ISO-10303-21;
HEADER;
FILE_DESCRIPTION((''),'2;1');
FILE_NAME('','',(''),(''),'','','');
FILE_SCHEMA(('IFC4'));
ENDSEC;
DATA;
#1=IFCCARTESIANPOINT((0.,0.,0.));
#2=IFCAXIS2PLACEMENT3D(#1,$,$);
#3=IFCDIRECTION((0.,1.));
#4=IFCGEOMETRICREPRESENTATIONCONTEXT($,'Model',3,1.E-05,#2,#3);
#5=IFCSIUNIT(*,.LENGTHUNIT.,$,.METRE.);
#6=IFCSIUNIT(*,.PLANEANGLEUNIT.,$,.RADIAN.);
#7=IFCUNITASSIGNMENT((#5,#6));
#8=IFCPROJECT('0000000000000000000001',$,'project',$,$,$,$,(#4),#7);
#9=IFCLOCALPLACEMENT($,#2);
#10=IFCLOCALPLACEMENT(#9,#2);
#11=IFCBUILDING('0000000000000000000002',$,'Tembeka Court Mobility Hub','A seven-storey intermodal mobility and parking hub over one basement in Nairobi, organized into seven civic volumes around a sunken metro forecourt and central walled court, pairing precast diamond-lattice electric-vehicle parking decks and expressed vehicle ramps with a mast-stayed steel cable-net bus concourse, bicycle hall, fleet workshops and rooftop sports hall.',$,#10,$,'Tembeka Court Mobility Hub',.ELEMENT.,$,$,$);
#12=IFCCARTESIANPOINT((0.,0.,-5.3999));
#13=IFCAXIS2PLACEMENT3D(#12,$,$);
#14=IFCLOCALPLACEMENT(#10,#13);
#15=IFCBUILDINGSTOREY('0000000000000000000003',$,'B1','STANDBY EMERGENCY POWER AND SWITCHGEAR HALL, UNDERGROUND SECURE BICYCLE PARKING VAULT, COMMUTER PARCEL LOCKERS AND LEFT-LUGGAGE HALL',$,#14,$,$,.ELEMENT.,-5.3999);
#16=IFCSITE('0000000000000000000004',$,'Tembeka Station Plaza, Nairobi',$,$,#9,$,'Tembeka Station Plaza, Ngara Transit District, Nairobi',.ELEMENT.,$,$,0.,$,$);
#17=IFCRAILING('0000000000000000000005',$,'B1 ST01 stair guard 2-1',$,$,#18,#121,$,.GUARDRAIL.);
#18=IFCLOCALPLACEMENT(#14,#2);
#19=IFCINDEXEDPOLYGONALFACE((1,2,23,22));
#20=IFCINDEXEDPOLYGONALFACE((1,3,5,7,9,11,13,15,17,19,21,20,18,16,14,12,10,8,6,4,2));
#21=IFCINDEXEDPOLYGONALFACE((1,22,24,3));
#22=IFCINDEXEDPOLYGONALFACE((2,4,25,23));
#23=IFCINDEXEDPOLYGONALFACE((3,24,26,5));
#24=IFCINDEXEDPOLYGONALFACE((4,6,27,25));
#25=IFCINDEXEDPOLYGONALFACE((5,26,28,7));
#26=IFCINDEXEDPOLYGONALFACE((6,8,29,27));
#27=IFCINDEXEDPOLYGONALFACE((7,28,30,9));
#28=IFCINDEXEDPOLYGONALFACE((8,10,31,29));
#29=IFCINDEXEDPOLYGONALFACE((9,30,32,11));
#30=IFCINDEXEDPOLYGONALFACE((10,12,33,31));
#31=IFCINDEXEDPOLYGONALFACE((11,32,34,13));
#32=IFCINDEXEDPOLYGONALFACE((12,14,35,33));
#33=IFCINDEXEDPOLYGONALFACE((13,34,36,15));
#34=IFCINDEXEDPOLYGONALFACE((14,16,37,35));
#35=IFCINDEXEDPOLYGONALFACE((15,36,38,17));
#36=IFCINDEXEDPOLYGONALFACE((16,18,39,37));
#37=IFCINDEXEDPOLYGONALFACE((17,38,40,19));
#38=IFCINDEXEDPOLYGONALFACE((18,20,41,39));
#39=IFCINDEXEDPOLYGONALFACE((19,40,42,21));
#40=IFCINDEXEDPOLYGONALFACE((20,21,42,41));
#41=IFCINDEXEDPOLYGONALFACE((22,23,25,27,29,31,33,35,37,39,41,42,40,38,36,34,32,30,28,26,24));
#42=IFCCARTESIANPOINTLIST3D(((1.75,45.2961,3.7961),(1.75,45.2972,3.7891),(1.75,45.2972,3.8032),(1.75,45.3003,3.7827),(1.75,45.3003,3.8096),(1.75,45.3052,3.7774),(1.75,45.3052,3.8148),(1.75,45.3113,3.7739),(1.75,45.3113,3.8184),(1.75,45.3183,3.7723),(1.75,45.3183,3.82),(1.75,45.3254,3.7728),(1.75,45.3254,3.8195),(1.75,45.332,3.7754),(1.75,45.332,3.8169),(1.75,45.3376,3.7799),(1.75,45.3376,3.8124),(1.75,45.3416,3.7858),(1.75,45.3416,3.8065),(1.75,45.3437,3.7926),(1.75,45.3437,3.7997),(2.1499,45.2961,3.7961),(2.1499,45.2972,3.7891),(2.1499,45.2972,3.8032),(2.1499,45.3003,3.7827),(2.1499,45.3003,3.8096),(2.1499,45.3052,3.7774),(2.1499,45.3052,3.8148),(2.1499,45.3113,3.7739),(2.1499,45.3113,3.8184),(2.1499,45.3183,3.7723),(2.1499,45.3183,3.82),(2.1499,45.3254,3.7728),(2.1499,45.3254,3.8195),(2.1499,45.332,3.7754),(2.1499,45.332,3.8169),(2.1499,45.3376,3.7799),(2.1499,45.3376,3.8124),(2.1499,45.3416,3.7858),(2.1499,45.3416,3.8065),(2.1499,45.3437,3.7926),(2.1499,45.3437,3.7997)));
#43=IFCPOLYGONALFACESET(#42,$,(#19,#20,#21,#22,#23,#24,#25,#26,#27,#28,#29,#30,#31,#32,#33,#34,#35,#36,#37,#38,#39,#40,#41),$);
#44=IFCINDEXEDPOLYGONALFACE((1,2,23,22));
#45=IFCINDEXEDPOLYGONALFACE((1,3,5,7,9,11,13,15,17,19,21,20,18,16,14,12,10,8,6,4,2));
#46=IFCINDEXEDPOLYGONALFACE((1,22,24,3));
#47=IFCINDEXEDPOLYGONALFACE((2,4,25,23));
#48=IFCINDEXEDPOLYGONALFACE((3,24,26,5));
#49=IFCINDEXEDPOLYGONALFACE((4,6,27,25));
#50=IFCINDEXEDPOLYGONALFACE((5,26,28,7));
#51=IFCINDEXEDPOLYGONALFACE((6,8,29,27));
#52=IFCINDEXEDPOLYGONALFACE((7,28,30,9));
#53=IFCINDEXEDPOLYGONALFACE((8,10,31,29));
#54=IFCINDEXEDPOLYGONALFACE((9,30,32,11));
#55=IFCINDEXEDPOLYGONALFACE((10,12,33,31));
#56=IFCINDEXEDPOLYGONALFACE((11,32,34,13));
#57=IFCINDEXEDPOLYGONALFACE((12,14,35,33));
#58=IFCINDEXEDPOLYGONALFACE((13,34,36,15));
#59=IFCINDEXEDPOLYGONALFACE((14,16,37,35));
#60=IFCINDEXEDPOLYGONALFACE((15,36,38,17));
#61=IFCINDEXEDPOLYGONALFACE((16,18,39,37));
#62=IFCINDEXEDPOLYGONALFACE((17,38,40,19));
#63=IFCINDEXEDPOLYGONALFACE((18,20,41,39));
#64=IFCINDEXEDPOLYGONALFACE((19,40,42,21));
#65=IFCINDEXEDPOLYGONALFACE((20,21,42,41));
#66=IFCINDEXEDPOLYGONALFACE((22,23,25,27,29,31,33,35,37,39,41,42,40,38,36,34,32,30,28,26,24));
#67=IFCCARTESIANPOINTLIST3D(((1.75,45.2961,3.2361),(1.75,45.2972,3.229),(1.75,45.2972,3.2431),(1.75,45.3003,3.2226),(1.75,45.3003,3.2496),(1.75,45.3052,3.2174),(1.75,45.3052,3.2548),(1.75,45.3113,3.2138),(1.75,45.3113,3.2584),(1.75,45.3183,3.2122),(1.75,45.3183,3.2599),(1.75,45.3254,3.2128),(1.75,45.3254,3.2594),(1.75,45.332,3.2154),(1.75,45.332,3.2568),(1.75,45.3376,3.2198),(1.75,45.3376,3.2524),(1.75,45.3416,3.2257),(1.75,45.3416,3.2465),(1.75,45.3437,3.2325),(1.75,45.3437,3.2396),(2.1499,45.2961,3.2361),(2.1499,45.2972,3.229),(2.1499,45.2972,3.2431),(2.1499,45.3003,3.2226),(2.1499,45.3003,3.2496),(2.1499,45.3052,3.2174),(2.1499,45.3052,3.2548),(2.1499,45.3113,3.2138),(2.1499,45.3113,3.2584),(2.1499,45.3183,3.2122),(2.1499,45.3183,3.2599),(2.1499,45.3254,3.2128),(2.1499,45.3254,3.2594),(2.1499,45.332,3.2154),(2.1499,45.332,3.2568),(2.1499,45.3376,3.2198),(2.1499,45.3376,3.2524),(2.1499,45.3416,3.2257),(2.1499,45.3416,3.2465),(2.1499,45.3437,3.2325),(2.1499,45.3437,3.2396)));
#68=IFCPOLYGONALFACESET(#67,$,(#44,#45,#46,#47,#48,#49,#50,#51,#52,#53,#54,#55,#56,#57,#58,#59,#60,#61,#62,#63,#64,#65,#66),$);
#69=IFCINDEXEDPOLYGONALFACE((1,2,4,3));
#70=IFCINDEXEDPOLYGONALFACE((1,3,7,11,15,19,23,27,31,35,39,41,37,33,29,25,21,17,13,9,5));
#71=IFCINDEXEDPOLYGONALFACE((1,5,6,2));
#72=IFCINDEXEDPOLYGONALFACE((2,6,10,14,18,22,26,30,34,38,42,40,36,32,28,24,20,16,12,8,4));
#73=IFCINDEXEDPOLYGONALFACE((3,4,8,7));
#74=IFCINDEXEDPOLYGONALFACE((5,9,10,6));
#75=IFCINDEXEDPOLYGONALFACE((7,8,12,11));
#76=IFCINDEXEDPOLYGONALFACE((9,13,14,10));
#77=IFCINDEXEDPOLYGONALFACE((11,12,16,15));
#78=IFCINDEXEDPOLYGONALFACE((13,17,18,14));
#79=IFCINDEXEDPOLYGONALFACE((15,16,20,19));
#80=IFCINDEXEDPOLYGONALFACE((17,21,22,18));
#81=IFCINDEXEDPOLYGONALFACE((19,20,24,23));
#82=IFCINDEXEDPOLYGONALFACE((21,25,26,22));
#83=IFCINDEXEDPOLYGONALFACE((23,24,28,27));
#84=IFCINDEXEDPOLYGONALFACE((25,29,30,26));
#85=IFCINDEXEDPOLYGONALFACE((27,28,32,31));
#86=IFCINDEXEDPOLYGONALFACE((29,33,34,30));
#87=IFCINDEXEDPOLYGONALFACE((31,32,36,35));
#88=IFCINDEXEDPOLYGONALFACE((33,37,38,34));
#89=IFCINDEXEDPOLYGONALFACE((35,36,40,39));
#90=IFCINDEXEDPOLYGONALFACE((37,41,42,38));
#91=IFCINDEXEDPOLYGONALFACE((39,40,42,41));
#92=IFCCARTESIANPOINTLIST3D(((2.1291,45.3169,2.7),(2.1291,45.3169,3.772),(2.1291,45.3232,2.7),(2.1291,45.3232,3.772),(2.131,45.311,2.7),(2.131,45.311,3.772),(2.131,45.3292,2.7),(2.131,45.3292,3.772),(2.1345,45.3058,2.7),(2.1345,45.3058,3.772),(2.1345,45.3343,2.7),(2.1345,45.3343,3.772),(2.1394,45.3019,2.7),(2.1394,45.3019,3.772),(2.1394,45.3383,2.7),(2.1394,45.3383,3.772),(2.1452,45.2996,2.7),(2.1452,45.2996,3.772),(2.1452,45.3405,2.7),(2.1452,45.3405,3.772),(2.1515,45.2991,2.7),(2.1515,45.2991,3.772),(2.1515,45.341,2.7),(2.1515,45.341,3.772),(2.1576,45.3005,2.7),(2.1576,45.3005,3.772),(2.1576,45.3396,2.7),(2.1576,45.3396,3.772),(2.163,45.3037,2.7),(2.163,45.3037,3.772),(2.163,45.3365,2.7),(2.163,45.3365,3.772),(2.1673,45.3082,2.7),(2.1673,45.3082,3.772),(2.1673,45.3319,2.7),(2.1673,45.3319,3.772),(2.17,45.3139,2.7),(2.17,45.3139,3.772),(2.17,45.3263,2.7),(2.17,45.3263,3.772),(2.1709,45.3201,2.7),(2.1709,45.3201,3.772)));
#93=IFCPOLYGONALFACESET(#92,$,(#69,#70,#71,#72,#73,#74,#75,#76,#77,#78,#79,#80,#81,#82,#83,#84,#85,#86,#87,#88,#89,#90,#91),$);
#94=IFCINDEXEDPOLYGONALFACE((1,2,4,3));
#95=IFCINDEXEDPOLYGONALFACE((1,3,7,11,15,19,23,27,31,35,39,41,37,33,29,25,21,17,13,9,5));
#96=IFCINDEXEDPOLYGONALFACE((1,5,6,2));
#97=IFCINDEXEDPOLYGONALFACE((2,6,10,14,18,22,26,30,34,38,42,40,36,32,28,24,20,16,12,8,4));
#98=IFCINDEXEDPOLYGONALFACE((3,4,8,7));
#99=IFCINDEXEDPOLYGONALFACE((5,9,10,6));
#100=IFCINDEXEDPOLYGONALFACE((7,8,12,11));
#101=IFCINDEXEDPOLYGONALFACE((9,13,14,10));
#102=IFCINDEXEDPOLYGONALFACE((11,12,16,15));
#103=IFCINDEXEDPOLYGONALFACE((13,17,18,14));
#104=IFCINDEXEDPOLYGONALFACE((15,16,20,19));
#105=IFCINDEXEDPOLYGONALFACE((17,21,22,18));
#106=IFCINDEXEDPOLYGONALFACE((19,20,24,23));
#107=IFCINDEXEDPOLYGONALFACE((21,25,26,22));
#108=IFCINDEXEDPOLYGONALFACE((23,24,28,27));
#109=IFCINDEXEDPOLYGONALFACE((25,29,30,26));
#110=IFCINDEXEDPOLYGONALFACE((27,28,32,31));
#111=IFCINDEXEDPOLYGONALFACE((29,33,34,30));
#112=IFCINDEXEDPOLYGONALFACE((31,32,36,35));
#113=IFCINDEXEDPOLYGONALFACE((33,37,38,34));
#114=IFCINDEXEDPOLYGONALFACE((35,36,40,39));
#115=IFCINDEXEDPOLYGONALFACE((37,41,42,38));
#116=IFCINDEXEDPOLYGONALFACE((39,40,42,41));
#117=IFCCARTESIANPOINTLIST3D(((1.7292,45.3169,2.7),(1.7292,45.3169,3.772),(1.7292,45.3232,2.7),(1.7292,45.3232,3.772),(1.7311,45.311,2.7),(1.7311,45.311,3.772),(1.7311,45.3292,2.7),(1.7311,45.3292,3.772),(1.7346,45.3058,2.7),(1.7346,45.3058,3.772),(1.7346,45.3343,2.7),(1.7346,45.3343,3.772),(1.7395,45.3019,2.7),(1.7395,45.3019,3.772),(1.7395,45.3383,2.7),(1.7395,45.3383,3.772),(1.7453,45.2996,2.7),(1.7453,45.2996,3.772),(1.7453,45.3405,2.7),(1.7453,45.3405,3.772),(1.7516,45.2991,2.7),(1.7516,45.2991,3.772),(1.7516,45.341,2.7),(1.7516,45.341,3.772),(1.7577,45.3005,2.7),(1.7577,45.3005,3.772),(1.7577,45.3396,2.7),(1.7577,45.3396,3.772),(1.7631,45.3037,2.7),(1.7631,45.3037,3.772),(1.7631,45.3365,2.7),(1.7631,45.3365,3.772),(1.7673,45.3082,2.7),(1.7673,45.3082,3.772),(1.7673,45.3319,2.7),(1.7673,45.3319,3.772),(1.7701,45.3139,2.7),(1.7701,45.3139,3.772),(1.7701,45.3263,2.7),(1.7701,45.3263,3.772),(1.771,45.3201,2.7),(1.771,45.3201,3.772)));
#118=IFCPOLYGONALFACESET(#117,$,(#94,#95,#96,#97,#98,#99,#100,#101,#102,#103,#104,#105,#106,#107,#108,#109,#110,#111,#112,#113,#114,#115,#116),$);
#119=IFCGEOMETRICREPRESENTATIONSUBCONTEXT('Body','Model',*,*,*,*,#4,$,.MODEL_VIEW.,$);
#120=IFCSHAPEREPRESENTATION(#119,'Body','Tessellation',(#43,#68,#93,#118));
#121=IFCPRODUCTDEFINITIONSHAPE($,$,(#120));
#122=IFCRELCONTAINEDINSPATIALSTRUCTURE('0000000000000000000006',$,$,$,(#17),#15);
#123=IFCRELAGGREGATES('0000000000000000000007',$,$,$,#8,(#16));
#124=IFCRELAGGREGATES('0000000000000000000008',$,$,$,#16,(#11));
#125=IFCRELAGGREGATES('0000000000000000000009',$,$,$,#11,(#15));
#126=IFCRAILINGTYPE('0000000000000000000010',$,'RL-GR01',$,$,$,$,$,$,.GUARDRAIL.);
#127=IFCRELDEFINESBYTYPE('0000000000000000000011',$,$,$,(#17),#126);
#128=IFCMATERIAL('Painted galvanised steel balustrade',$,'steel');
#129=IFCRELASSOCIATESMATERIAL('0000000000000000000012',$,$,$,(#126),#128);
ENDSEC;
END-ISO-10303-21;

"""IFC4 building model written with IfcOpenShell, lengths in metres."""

from ifc_helpers import new_model, si_unit, direction, frame, origin, origin_2d, place, context, subcontext, project, spatial, circle, extrude, material, type_object, element, save


model = new_model("IFC4")

# Units and contexts
model_context = context("Model", 3, precision=1e-05, world=origin(), true_north=direction((0.0, 1.0)))
body_context = subcontext(model_context, "Body", "Model", "MODEL_VIEW")
ifc_project = project(units=[si_unit("LENGTHUNIT", "METRE"), si_unit("PLANEANGLEUNIT", "RADIAN")], contexts=[model_context])

# Site, building, storey
site_placement = place(None, origin())
site = spatial("IfcSite", under=ifc_project, at=site_placement, Name="Tembeka Station Plaza, Nairobi", LongName="Tembeka Station Plaza, Ngara Transit District, Nairobi", CompositionType="ELEMENT", RefElevation=0.0)
building_placement = place(site_placement, origin())
building = spatial("IfcBuilding", under=site, at=building_placement, Name="Tembeka Court Mobility Hub", Description="A seven-storey intermodal mobility and parking hub over one basement in Nairobi, organized into seven civic volumes around a sunken metro forecourt and central walled court, pairing precast diamond-lattice electric-vehicle parking decks and expressed vehicle ramps with a mast-stayed steel cable-net bus concourse, bicycle hall, fleet workshops and rooftop sports hall.", LongName="Tembeka Court Mobility Hub", CompositionType="ELEMENT")
storey_placement = place(building_placement, frame((0.0, 0.0, -5.3999)))
storey = spatial("IfcBuildingStorey", under=building, at=storey_placement, Name="B1", Description="STANDBY EMERGENCY POWER AND SWITCHGEAR HALL, UNDERGROUND SECURE BICYCLE PARKING VAULT, COMMUTER PARCEL LOCKERS AND LEFT-LUGGAGE HALL", CompositionType="ELEMENT", Elevation=-5.3999)

# Railing
ifc_material_1 = material(Name="Painted galvanised steel balustrade", Category="steel")
railing_type_1 = type_object("IfcRailingType", Name="RL-GR01", PredefinedType="GUARDRAIL", material=ifc_material_1)
railing_1_placement = place(storey_placement, frame((2.1499, 45.3201, 2.7)))
element("IfcRailing", 1, at=railing_1_placement, inside=storey, type_object=railing_type_1, Name="B1 ST01 stair guard 2-1", PredefinedType="GUARDRAIL", context=body_context, shape_type="SweptSolid", body=[
    extrude(circle(Radius=0.0239, at=origin_2d()), frame((0.0, 0.0, 1.0962), z_axis=(-1.0, 0.0, 0.0), x_axis=(0.0, -1.0, 0.0)), (0.0, 0.0, 1.0), 0.3999),
    extrude(circle(Radius=0.0239, at=origin_2d()), frame((0.0, 0.0, 0.5361), z_axis=(-1.0, 0.0, 0.0), x_axis=(0.0, -1.0, 0.0)), (0.0, 0.0, 1.0), 0.3999),
    extrude(circle(Radius=0.021, at=origin_2d()), origin(), (0.0, 0.0, 1.0), 1.072),
    extrude(circle(Radius=0.021, at=origin_2d()), frame((-0.3999, 0.0, 0.0)), (0.0, 0.0, 1.0), 1.072),
])

save(model, "model.ifc")
